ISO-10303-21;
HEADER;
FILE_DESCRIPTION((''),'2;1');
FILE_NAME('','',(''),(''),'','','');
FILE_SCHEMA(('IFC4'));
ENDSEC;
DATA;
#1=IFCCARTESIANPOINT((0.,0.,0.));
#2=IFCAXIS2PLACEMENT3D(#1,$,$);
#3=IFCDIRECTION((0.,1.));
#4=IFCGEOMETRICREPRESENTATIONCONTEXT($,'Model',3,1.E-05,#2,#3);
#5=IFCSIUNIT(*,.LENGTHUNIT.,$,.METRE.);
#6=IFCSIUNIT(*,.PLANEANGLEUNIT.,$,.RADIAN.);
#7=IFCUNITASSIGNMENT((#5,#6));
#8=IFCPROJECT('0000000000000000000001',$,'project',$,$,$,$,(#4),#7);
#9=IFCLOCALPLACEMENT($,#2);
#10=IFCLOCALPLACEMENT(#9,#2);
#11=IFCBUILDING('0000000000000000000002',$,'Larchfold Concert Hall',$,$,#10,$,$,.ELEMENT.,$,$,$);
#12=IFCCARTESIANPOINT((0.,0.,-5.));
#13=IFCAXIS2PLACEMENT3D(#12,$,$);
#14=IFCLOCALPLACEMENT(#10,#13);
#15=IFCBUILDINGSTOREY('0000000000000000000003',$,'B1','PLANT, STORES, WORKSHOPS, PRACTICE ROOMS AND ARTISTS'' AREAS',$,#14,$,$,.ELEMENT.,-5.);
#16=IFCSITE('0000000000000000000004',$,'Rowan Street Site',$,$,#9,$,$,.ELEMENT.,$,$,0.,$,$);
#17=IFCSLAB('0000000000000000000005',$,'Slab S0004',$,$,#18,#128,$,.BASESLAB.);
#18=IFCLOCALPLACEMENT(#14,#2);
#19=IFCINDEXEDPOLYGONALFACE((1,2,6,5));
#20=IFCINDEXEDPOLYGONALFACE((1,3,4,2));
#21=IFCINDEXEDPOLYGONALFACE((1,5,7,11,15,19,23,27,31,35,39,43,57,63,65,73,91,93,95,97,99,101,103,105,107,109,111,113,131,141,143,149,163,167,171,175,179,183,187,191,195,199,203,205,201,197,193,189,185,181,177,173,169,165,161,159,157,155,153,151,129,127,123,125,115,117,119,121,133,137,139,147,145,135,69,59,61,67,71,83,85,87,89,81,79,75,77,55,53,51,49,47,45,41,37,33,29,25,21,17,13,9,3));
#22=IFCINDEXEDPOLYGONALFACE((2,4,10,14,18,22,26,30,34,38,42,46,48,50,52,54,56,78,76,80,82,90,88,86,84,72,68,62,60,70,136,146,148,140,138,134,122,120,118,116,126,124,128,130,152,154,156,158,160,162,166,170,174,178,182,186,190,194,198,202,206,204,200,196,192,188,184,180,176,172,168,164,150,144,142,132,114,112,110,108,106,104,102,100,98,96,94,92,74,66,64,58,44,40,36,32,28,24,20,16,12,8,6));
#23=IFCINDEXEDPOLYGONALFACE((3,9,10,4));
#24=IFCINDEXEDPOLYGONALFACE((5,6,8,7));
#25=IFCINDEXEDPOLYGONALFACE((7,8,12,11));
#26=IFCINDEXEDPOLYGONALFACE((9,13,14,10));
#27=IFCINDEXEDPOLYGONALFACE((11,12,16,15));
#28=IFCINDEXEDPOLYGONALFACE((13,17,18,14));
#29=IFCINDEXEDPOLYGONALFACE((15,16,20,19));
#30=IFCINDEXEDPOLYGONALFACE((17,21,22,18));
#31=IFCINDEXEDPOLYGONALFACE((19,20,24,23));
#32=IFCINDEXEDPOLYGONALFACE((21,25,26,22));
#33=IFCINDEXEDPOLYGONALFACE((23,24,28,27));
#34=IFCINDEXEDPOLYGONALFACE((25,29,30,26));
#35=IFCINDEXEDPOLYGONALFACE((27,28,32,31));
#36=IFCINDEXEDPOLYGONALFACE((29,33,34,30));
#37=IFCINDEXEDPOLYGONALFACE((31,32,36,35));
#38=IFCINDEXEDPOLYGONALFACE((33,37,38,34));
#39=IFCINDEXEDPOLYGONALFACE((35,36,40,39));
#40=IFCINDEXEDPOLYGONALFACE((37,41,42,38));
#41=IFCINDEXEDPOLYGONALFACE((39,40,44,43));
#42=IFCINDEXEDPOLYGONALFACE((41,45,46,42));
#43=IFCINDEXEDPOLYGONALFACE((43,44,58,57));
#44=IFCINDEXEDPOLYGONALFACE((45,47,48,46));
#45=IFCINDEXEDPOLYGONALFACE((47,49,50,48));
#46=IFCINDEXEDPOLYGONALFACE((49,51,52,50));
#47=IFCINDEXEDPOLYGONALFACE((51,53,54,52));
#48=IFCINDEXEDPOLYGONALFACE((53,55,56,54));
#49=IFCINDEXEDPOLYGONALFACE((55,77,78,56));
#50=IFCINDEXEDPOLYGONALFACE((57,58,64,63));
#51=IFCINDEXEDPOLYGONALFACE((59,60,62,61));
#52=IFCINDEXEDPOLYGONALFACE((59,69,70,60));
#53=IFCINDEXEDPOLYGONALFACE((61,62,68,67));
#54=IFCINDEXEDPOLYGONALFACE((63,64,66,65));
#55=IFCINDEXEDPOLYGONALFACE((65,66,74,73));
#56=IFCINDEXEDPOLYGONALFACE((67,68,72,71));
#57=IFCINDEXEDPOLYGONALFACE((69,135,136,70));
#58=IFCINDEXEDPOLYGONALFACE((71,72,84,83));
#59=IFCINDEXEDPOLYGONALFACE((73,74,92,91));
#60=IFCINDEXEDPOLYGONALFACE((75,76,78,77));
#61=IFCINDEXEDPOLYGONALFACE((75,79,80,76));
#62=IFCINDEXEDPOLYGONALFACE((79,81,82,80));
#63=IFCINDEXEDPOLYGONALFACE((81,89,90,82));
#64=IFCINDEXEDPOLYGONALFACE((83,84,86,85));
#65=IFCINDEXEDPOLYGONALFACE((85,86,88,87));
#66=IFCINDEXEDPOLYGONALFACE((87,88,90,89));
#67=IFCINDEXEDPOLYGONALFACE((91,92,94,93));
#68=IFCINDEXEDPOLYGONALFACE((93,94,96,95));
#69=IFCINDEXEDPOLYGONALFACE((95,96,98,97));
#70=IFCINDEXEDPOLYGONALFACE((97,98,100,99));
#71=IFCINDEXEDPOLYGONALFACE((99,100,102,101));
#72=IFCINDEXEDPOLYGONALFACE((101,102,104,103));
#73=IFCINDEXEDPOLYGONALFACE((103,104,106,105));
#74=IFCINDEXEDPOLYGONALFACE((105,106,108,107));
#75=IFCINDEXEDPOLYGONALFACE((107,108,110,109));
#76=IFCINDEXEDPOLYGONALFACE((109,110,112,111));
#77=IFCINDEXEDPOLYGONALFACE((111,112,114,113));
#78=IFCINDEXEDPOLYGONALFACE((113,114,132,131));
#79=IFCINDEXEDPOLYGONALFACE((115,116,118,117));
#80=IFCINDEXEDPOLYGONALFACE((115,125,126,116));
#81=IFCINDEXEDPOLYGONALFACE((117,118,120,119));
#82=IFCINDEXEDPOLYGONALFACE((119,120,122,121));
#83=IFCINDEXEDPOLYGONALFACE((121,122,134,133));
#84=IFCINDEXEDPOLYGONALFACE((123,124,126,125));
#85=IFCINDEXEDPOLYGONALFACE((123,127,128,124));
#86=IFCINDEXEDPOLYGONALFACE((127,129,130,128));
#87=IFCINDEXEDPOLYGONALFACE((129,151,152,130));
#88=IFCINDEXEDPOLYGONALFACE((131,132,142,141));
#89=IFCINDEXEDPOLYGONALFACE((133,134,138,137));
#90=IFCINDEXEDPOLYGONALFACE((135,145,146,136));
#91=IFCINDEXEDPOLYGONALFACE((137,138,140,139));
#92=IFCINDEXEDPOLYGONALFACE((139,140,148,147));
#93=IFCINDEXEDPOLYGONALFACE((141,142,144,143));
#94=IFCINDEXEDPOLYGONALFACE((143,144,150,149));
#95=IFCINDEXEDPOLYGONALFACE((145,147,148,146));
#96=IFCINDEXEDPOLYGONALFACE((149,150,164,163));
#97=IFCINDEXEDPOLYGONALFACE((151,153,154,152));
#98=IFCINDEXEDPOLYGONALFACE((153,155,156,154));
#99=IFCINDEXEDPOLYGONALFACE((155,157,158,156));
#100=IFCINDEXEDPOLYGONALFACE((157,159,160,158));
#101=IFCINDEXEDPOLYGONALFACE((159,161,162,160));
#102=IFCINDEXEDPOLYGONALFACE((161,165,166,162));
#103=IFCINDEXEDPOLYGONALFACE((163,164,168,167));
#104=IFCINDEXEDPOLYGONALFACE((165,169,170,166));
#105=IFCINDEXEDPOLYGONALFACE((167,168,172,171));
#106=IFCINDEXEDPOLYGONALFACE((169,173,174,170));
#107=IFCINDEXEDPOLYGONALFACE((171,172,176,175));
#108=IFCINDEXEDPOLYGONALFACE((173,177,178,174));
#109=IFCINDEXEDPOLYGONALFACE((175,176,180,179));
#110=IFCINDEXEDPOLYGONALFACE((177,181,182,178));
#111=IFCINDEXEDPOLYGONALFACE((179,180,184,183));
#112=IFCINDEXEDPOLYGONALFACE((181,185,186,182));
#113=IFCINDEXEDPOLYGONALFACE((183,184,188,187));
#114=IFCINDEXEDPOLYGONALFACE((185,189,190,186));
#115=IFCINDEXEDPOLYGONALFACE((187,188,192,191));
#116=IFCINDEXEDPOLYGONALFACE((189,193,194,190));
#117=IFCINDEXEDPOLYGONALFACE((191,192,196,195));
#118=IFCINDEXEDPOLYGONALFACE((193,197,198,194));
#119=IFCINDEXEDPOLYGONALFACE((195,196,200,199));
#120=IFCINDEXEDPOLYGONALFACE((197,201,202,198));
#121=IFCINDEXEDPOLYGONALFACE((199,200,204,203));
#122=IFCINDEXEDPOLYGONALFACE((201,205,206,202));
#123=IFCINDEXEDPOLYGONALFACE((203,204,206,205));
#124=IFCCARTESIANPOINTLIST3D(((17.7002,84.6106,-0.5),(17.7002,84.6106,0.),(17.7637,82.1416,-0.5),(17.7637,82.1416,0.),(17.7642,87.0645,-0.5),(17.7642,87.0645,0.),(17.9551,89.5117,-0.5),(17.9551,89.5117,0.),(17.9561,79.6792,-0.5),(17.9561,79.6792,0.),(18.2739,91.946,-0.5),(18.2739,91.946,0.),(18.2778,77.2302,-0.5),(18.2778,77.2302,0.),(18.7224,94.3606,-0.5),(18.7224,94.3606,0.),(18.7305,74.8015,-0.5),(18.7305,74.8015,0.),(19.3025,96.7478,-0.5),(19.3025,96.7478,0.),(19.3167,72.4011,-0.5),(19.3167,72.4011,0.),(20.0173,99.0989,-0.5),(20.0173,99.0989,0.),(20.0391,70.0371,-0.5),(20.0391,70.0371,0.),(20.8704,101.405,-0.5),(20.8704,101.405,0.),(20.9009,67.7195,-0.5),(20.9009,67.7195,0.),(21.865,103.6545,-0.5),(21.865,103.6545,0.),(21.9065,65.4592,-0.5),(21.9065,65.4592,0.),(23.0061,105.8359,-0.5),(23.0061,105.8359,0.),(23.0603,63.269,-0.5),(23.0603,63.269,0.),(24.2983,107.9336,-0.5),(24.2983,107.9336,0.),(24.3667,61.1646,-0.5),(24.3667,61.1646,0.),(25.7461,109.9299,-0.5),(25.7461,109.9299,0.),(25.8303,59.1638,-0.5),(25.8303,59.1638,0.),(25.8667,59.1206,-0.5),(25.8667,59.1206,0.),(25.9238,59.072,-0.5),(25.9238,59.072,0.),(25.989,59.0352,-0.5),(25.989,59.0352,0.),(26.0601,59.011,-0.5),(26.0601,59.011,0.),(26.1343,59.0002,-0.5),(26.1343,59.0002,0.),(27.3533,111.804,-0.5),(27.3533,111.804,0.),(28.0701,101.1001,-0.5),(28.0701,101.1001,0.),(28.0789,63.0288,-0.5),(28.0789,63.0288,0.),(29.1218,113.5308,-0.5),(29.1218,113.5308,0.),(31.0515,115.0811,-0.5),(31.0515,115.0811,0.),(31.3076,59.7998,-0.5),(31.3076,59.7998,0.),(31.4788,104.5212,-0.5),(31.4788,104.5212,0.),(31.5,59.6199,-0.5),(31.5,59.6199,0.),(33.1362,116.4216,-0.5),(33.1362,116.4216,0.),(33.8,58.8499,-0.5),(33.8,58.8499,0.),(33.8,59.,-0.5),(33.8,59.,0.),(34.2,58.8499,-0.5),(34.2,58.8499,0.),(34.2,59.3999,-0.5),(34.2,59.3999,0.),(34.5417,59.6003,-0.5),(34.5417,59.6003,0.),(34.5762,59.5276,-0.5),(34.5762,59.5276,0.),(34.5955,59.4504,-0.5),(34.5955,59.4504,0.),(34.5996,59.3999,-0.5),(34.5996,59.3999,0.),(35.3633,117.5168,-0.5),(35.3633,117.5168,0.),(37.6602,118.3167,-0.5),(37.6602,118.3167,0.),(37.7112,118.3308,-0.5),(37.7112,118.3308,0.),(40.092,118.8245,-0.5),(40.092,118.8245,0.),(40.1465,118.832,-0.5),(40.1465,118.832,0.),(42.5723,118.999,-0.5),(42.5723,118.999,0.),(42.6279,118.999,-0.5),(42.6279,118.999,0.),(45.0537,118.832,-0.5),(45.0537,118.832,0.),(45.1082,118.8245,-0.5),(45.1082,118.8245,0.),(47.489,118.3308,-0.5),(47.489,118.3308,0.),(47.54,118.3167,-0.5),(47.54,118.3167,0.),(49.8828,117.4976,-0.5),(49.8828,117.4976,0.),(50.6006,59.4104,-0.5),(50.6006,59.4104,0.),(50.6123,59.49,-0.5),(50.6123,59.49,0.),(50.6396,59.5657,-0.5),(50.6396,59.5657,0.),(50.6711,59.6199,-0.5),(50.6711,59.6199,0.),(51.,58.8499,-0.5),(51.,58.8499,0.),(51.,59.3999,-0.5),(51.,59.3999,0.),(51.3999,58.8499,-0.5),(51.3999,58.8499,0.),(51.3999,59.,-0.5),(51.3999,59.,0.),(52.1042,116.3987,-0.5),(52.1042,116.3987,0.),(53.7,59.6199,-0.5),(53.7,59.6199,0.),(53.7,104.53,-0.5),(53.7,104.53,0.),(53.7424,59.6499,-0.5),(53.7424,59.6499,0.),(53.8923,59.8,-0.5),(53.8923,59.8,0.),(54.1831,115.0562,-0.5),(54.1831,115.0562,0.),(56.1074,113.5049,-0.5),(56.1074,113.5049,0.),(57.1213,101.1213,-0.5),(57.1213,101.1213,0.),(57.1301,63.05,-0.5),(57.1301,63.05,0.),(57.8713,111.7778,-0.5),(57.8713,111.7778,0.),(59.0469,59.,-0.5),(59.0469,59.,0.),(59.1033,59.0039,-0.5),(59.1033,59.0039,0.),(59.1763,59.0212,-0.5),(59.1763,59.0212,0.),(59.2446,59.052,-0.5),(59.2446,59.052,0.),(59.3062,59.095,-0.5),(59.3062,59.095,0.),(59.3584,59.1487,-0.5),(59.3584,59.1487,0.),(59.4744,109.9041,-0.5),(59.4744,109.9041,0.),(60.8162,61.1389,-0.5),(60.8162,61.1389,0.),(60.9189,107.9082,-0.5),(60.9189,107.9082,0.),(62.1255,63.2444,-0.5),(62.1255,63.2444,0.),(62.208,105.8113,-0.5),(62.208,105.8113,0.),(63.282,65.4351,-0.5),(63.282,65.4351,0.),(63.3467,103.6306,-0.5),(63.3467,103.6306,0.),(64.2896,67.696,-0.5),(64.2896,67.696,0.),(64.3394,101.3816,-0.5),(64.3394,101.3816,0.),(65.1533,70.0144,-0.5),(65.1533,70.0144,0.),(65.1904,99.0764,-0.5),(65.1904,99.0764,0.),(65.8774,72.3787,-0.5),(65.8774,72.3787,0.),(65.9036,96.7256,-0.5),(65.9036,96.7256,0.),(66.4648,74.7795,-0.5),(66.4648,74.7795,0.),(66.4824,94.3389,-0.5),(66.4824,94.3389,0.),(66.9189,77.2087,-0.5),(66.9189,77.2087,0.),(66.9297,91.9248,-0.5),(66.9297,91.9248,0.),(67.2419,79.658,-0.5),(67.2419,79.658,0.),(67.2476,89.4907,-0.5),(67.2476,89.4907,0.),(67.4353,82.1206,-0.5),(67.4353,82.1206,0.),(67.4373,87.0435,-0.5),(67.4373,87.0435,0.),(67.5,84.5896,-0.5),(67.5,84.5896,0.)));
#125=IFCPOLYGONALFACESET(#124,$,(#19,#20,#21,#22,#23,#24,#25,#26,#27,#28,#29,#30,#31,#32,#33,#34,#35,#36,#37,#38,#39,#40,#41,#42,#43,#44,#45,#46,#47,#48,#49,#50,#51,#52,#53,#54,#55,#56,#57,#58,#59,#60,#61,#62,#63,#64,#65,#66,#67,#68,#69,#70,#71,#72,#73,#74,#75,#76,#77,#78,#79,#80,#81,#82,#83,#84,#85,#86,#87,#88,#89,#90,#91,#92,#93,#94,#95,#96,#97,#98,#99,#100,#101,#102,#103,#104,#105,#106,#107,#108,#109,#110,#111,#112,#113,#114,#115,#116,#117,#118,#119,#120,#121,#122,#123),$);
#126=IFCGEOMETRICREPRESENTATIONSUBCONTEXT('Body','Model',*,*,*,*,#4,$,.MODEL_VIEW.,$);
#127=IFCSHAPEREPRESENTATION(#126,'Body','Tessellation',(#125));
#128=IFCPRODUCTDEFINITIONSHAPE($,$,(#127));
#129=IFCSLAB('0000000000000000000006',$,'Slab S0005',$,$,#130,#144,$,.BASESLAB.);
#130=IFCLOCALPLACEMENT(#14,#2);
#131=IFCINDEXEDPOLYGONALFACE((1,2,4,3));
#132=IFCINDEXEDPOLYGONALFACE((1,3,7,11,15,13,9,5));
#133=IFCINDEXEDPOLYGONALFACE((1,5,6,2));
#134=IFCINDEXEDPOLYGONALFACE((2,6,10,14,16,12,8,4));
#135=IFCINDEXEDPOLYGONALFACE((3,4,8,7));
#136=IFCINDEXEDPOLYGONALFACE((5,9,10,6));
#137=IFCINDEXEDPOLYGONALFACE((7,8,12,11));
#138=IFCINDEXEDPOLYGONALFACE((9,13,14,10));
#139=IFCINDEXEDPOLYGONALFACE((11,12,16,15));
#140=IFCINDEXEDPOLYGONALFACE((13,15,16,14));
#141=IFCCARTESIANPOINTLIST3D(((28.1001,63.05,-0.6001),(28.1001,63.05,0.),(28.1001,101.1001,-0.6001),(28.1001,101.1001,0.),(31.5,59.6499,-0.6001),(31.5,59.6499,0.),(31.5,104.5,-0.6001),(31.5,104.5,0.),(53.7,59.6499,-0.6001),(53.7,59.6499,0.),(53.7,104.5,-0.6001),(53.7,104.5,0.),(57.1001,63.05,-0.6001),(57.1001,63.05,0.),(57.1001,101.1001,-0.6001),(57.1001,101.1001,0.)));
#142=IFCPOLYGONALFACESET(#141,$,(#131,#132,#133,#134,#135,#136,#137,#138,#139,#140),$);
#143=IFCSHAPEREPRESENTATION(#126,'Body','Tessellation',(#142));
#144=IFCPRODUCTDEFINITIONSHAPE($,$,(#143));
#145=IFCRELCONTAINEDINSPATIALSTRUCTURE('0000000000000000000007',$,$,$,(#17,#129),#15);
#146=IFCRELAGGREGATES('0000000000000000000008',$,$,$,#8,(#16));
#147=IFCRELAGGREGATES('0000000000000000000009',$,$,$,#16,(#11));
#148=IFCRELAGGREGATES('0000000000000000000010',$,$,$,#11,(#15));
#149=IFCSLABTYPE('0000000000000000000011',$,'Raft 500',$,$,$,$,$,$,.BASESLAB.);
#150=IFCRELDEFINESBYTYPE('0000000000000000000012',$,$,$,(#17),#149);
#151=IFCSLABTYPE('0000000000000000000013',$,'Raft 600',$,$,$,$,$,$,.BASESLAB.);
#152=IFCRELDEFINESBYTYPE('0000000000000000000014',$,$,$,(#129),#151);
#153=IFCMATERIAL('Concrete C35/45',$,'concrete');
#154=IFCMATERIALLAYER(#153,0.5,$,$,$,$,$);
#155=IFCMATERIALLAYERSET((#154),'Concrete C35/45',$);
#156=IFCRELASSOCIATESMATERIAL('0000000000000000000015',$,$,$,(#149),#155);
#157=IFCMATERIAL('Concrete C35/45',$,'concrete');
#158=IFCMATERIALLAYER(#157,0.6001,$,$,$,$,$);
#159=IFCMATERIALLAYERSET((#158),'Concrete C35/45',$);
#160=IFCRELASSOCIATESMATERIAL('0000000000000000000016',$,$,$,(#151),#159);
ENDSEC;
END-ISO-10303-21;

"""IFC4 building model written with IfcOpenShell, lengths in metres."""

from ifc_helpers import new_model, si_unit, direction, frame, origin, place, context, subcontext, project, spatial, polyline, outline, extrude, material, layer, layer_set, type_object, element, save


model = new_model("IFC4")

# Units and contexts
model_context = context("Model", 3, precision=1e-05, world=origin(), true_north=direction((0.0, 1.0)))
body_context = subcontext(model_context, "Body", "Model", "MODEL_VIEW")
ifc_project = project(units=[si_unit("LENGTHUNIT", "METRE"), si_unit("PLANEANGLEUNIT", "RADIAN")], contexts=[model_context])

# Site, building, storey
site_placement = place(None, origin())
site = spatial("IfcSite", under=ifc_project, at=site_placement, Name="Rowan Street Site", CompositionType="ELEMENT", RefElevation=0.0)
building_placement = place(site_placement, origin())
building = spatial("IfcBuilding", under=site, at=building_placement, Name="Larchfold Concert Hall", CompositionType="ELEMENT")
storey_placement = place(building_placement, frame((0.0, 0.0, -5.0)))
storey = spatial("IfcBuildingStorey", under=building, at=storey_placement, Name="B1", Description="PLANT, STORES, WORKSHOPS, PRACTICE ROOMS AND ARTISTS' AREAS", CompositionType="ELEMENT", Elevation=-5.0)

# Slabs
ifc_material_1 = material(Name="Concrete C35/45", Category="concrete")
ifc_layer_1 = layer(ifc_material_1, 0.5)
ifc_layer_set_1 = layer_set([ifc_layer_1], Name="Concrete C35/45")
slab_type_1 = type_object("IfcSlabType", Name="Raft 500", PredefinedType="BASESLAB", material=ifc_layer_set_1)
slab_1_placement = place(storey_placement, frame((0.0, 0.0, -0.5)))
element("IfcSlab", 1, at=slab_1_placement, inside=storey, type_object=slab_type_1, Name="Slab S0004", PredefinedType="BASESLAB", context=body_context, shape_type="SweptSolid", body=[
    extrude(outline(polyline([(53.8923, 59.8), (53.7424, 59.6499), (53.7, 59.6199), (50.6711, 59.6199), (50.6396, 59.5657), (50.6123, 59.49), (50.6006, 59.4104), (51.0, 59.3999), (51.0, 58.8499), (51.3999, 58.8499), (51.3999, 59.0), (59.0469, 59.0), (59.1033, 59.0039), (59.1763, 59.0212), (59.2446, 59.052), (59.3062, 59.095), (59.3584, 59.1487), (60.8162, 61.1389), (62.1255, 63.2444), (63.282, 65.4351), (64.2896, 67.696), (65.1533, 70.0144), (65.8774, 72.3787), (66.4648, 74.7795), (66.9189, 77.2087), (67.2419, 79.658), (67.4353, 82.1206), (67.5, 84.5896), (67.4373, 87.0435), (67.2476, 89.4907), (66.9297, 91.9248), (66.4824, 94.3389), (65.9036, 96.7256), (65.1904, 99.0764), (64.3394, 101.3816), (63.3467, 103.6306), (62.208, 105.8113), (60.9189, 107.9082), (59.4744, 109.9041), (57.8713, 111.7778), (56.1074, 113.5049), (54.1831, 115.0562), (52.1042, 116.3987), (49.8828, 117.4976), (47.54, 118.3167), (47.489, 118.3308), (45.1082, 118.8245), (45.0537, 118.832), (42.6279, 118.999), (42.5723, 118.999), (40.1465, 118.832), (40.092, 118.8245), (37.7112, 118.3308), (37.6602, 118.3167), (35.3633, 117.5168), (33.1362, 116.4216), (31.0515, 115.0811), (29.1218, 113.5308), (27.3533, 111.804), (25.7461, 109.9299), (24.2983, 107.9336), (23.0061, 105.8359), (21.865, 103.6545), (20.8704, 101.405), (20.0173, 99.0989), (19.3025, 96.7478), (18.7224, 94.3606), (18.2739, 91.946), (17.9551, 89.5117), (17.7642, 87.0645), (17.7002, 84.6106), (17.7637, 82.1416), (17.9561, 79.6792), (18.2778, 77.2302), (18.7305, 74.8015), (19.3167, 72.4011), (20.0391, 70.0371), (20.9009, 67.7195), (21.9065, 65.4592), (23.0603, 63.269), (24.3667, 61.1646), (25.8303, 59.1638), (25.8667, 59.1206), (25.9238, 59.072), (25.989, 59.0352), (26.0601, 59.011), (26.1343, 59.0002), (33.8, 59.0), (33.8, 58.8499), (34.2, 58.8499), (34.2, 59.3999), (34.5996, 59.3999), (34.5955, 59.4504), (34.5762, 59.5276), (34.5417, 59.6003), (31.5, 59.6199), (31.3076, 59.7998), (28.0789, 63.0288), (28.0701, 101.1001), (31.4788, 104.5212), (53.7, 104.53), (57.1213, 101.1213), (57.1301, 63.05), (53.8923, 59.8)])), origin(), (0.0, 0.0, 1.0), 0.5),
])
ifc_material_2 = material(Name="Concrete C35/45", Category="concrete")
ifc_layer_2 = layer(ifc_material_2, 0.6001)
ifc_layer_set_2 = layer_set([ifc_layer_2], Name="Concrete C35/45")
slab_type_2 = type_object("IfcSlabType", Name="Raft 600", PredefinedType="BASESLAB", material=ifc_layer_set_2)
slab_2_placement = place(storey_placement, frame((0.0, 0.0, -0.6001)))
element("IfcSlab", 2, at=slab_2_placement, inside=storey, type_object=slab_type_2, Name="Slab S0005", PredefinedType="BASESLAB", context=body_context, shape_type="SweptSolid", body=[
    extrude(outline(polyline([(31.5, 59.6499), (53.7, 59.6499), (57.1001, 63.05), (57.1001, 101.1001), (53.7, 104.5), (31.5, 104.5), (28.1001, 101.1001), (28.1001, 63.05), (31.5, 59.6499)])), origin(), (0.0, 0.0, 1.0), 0.6001),
])

save(model, "model.ifc")
